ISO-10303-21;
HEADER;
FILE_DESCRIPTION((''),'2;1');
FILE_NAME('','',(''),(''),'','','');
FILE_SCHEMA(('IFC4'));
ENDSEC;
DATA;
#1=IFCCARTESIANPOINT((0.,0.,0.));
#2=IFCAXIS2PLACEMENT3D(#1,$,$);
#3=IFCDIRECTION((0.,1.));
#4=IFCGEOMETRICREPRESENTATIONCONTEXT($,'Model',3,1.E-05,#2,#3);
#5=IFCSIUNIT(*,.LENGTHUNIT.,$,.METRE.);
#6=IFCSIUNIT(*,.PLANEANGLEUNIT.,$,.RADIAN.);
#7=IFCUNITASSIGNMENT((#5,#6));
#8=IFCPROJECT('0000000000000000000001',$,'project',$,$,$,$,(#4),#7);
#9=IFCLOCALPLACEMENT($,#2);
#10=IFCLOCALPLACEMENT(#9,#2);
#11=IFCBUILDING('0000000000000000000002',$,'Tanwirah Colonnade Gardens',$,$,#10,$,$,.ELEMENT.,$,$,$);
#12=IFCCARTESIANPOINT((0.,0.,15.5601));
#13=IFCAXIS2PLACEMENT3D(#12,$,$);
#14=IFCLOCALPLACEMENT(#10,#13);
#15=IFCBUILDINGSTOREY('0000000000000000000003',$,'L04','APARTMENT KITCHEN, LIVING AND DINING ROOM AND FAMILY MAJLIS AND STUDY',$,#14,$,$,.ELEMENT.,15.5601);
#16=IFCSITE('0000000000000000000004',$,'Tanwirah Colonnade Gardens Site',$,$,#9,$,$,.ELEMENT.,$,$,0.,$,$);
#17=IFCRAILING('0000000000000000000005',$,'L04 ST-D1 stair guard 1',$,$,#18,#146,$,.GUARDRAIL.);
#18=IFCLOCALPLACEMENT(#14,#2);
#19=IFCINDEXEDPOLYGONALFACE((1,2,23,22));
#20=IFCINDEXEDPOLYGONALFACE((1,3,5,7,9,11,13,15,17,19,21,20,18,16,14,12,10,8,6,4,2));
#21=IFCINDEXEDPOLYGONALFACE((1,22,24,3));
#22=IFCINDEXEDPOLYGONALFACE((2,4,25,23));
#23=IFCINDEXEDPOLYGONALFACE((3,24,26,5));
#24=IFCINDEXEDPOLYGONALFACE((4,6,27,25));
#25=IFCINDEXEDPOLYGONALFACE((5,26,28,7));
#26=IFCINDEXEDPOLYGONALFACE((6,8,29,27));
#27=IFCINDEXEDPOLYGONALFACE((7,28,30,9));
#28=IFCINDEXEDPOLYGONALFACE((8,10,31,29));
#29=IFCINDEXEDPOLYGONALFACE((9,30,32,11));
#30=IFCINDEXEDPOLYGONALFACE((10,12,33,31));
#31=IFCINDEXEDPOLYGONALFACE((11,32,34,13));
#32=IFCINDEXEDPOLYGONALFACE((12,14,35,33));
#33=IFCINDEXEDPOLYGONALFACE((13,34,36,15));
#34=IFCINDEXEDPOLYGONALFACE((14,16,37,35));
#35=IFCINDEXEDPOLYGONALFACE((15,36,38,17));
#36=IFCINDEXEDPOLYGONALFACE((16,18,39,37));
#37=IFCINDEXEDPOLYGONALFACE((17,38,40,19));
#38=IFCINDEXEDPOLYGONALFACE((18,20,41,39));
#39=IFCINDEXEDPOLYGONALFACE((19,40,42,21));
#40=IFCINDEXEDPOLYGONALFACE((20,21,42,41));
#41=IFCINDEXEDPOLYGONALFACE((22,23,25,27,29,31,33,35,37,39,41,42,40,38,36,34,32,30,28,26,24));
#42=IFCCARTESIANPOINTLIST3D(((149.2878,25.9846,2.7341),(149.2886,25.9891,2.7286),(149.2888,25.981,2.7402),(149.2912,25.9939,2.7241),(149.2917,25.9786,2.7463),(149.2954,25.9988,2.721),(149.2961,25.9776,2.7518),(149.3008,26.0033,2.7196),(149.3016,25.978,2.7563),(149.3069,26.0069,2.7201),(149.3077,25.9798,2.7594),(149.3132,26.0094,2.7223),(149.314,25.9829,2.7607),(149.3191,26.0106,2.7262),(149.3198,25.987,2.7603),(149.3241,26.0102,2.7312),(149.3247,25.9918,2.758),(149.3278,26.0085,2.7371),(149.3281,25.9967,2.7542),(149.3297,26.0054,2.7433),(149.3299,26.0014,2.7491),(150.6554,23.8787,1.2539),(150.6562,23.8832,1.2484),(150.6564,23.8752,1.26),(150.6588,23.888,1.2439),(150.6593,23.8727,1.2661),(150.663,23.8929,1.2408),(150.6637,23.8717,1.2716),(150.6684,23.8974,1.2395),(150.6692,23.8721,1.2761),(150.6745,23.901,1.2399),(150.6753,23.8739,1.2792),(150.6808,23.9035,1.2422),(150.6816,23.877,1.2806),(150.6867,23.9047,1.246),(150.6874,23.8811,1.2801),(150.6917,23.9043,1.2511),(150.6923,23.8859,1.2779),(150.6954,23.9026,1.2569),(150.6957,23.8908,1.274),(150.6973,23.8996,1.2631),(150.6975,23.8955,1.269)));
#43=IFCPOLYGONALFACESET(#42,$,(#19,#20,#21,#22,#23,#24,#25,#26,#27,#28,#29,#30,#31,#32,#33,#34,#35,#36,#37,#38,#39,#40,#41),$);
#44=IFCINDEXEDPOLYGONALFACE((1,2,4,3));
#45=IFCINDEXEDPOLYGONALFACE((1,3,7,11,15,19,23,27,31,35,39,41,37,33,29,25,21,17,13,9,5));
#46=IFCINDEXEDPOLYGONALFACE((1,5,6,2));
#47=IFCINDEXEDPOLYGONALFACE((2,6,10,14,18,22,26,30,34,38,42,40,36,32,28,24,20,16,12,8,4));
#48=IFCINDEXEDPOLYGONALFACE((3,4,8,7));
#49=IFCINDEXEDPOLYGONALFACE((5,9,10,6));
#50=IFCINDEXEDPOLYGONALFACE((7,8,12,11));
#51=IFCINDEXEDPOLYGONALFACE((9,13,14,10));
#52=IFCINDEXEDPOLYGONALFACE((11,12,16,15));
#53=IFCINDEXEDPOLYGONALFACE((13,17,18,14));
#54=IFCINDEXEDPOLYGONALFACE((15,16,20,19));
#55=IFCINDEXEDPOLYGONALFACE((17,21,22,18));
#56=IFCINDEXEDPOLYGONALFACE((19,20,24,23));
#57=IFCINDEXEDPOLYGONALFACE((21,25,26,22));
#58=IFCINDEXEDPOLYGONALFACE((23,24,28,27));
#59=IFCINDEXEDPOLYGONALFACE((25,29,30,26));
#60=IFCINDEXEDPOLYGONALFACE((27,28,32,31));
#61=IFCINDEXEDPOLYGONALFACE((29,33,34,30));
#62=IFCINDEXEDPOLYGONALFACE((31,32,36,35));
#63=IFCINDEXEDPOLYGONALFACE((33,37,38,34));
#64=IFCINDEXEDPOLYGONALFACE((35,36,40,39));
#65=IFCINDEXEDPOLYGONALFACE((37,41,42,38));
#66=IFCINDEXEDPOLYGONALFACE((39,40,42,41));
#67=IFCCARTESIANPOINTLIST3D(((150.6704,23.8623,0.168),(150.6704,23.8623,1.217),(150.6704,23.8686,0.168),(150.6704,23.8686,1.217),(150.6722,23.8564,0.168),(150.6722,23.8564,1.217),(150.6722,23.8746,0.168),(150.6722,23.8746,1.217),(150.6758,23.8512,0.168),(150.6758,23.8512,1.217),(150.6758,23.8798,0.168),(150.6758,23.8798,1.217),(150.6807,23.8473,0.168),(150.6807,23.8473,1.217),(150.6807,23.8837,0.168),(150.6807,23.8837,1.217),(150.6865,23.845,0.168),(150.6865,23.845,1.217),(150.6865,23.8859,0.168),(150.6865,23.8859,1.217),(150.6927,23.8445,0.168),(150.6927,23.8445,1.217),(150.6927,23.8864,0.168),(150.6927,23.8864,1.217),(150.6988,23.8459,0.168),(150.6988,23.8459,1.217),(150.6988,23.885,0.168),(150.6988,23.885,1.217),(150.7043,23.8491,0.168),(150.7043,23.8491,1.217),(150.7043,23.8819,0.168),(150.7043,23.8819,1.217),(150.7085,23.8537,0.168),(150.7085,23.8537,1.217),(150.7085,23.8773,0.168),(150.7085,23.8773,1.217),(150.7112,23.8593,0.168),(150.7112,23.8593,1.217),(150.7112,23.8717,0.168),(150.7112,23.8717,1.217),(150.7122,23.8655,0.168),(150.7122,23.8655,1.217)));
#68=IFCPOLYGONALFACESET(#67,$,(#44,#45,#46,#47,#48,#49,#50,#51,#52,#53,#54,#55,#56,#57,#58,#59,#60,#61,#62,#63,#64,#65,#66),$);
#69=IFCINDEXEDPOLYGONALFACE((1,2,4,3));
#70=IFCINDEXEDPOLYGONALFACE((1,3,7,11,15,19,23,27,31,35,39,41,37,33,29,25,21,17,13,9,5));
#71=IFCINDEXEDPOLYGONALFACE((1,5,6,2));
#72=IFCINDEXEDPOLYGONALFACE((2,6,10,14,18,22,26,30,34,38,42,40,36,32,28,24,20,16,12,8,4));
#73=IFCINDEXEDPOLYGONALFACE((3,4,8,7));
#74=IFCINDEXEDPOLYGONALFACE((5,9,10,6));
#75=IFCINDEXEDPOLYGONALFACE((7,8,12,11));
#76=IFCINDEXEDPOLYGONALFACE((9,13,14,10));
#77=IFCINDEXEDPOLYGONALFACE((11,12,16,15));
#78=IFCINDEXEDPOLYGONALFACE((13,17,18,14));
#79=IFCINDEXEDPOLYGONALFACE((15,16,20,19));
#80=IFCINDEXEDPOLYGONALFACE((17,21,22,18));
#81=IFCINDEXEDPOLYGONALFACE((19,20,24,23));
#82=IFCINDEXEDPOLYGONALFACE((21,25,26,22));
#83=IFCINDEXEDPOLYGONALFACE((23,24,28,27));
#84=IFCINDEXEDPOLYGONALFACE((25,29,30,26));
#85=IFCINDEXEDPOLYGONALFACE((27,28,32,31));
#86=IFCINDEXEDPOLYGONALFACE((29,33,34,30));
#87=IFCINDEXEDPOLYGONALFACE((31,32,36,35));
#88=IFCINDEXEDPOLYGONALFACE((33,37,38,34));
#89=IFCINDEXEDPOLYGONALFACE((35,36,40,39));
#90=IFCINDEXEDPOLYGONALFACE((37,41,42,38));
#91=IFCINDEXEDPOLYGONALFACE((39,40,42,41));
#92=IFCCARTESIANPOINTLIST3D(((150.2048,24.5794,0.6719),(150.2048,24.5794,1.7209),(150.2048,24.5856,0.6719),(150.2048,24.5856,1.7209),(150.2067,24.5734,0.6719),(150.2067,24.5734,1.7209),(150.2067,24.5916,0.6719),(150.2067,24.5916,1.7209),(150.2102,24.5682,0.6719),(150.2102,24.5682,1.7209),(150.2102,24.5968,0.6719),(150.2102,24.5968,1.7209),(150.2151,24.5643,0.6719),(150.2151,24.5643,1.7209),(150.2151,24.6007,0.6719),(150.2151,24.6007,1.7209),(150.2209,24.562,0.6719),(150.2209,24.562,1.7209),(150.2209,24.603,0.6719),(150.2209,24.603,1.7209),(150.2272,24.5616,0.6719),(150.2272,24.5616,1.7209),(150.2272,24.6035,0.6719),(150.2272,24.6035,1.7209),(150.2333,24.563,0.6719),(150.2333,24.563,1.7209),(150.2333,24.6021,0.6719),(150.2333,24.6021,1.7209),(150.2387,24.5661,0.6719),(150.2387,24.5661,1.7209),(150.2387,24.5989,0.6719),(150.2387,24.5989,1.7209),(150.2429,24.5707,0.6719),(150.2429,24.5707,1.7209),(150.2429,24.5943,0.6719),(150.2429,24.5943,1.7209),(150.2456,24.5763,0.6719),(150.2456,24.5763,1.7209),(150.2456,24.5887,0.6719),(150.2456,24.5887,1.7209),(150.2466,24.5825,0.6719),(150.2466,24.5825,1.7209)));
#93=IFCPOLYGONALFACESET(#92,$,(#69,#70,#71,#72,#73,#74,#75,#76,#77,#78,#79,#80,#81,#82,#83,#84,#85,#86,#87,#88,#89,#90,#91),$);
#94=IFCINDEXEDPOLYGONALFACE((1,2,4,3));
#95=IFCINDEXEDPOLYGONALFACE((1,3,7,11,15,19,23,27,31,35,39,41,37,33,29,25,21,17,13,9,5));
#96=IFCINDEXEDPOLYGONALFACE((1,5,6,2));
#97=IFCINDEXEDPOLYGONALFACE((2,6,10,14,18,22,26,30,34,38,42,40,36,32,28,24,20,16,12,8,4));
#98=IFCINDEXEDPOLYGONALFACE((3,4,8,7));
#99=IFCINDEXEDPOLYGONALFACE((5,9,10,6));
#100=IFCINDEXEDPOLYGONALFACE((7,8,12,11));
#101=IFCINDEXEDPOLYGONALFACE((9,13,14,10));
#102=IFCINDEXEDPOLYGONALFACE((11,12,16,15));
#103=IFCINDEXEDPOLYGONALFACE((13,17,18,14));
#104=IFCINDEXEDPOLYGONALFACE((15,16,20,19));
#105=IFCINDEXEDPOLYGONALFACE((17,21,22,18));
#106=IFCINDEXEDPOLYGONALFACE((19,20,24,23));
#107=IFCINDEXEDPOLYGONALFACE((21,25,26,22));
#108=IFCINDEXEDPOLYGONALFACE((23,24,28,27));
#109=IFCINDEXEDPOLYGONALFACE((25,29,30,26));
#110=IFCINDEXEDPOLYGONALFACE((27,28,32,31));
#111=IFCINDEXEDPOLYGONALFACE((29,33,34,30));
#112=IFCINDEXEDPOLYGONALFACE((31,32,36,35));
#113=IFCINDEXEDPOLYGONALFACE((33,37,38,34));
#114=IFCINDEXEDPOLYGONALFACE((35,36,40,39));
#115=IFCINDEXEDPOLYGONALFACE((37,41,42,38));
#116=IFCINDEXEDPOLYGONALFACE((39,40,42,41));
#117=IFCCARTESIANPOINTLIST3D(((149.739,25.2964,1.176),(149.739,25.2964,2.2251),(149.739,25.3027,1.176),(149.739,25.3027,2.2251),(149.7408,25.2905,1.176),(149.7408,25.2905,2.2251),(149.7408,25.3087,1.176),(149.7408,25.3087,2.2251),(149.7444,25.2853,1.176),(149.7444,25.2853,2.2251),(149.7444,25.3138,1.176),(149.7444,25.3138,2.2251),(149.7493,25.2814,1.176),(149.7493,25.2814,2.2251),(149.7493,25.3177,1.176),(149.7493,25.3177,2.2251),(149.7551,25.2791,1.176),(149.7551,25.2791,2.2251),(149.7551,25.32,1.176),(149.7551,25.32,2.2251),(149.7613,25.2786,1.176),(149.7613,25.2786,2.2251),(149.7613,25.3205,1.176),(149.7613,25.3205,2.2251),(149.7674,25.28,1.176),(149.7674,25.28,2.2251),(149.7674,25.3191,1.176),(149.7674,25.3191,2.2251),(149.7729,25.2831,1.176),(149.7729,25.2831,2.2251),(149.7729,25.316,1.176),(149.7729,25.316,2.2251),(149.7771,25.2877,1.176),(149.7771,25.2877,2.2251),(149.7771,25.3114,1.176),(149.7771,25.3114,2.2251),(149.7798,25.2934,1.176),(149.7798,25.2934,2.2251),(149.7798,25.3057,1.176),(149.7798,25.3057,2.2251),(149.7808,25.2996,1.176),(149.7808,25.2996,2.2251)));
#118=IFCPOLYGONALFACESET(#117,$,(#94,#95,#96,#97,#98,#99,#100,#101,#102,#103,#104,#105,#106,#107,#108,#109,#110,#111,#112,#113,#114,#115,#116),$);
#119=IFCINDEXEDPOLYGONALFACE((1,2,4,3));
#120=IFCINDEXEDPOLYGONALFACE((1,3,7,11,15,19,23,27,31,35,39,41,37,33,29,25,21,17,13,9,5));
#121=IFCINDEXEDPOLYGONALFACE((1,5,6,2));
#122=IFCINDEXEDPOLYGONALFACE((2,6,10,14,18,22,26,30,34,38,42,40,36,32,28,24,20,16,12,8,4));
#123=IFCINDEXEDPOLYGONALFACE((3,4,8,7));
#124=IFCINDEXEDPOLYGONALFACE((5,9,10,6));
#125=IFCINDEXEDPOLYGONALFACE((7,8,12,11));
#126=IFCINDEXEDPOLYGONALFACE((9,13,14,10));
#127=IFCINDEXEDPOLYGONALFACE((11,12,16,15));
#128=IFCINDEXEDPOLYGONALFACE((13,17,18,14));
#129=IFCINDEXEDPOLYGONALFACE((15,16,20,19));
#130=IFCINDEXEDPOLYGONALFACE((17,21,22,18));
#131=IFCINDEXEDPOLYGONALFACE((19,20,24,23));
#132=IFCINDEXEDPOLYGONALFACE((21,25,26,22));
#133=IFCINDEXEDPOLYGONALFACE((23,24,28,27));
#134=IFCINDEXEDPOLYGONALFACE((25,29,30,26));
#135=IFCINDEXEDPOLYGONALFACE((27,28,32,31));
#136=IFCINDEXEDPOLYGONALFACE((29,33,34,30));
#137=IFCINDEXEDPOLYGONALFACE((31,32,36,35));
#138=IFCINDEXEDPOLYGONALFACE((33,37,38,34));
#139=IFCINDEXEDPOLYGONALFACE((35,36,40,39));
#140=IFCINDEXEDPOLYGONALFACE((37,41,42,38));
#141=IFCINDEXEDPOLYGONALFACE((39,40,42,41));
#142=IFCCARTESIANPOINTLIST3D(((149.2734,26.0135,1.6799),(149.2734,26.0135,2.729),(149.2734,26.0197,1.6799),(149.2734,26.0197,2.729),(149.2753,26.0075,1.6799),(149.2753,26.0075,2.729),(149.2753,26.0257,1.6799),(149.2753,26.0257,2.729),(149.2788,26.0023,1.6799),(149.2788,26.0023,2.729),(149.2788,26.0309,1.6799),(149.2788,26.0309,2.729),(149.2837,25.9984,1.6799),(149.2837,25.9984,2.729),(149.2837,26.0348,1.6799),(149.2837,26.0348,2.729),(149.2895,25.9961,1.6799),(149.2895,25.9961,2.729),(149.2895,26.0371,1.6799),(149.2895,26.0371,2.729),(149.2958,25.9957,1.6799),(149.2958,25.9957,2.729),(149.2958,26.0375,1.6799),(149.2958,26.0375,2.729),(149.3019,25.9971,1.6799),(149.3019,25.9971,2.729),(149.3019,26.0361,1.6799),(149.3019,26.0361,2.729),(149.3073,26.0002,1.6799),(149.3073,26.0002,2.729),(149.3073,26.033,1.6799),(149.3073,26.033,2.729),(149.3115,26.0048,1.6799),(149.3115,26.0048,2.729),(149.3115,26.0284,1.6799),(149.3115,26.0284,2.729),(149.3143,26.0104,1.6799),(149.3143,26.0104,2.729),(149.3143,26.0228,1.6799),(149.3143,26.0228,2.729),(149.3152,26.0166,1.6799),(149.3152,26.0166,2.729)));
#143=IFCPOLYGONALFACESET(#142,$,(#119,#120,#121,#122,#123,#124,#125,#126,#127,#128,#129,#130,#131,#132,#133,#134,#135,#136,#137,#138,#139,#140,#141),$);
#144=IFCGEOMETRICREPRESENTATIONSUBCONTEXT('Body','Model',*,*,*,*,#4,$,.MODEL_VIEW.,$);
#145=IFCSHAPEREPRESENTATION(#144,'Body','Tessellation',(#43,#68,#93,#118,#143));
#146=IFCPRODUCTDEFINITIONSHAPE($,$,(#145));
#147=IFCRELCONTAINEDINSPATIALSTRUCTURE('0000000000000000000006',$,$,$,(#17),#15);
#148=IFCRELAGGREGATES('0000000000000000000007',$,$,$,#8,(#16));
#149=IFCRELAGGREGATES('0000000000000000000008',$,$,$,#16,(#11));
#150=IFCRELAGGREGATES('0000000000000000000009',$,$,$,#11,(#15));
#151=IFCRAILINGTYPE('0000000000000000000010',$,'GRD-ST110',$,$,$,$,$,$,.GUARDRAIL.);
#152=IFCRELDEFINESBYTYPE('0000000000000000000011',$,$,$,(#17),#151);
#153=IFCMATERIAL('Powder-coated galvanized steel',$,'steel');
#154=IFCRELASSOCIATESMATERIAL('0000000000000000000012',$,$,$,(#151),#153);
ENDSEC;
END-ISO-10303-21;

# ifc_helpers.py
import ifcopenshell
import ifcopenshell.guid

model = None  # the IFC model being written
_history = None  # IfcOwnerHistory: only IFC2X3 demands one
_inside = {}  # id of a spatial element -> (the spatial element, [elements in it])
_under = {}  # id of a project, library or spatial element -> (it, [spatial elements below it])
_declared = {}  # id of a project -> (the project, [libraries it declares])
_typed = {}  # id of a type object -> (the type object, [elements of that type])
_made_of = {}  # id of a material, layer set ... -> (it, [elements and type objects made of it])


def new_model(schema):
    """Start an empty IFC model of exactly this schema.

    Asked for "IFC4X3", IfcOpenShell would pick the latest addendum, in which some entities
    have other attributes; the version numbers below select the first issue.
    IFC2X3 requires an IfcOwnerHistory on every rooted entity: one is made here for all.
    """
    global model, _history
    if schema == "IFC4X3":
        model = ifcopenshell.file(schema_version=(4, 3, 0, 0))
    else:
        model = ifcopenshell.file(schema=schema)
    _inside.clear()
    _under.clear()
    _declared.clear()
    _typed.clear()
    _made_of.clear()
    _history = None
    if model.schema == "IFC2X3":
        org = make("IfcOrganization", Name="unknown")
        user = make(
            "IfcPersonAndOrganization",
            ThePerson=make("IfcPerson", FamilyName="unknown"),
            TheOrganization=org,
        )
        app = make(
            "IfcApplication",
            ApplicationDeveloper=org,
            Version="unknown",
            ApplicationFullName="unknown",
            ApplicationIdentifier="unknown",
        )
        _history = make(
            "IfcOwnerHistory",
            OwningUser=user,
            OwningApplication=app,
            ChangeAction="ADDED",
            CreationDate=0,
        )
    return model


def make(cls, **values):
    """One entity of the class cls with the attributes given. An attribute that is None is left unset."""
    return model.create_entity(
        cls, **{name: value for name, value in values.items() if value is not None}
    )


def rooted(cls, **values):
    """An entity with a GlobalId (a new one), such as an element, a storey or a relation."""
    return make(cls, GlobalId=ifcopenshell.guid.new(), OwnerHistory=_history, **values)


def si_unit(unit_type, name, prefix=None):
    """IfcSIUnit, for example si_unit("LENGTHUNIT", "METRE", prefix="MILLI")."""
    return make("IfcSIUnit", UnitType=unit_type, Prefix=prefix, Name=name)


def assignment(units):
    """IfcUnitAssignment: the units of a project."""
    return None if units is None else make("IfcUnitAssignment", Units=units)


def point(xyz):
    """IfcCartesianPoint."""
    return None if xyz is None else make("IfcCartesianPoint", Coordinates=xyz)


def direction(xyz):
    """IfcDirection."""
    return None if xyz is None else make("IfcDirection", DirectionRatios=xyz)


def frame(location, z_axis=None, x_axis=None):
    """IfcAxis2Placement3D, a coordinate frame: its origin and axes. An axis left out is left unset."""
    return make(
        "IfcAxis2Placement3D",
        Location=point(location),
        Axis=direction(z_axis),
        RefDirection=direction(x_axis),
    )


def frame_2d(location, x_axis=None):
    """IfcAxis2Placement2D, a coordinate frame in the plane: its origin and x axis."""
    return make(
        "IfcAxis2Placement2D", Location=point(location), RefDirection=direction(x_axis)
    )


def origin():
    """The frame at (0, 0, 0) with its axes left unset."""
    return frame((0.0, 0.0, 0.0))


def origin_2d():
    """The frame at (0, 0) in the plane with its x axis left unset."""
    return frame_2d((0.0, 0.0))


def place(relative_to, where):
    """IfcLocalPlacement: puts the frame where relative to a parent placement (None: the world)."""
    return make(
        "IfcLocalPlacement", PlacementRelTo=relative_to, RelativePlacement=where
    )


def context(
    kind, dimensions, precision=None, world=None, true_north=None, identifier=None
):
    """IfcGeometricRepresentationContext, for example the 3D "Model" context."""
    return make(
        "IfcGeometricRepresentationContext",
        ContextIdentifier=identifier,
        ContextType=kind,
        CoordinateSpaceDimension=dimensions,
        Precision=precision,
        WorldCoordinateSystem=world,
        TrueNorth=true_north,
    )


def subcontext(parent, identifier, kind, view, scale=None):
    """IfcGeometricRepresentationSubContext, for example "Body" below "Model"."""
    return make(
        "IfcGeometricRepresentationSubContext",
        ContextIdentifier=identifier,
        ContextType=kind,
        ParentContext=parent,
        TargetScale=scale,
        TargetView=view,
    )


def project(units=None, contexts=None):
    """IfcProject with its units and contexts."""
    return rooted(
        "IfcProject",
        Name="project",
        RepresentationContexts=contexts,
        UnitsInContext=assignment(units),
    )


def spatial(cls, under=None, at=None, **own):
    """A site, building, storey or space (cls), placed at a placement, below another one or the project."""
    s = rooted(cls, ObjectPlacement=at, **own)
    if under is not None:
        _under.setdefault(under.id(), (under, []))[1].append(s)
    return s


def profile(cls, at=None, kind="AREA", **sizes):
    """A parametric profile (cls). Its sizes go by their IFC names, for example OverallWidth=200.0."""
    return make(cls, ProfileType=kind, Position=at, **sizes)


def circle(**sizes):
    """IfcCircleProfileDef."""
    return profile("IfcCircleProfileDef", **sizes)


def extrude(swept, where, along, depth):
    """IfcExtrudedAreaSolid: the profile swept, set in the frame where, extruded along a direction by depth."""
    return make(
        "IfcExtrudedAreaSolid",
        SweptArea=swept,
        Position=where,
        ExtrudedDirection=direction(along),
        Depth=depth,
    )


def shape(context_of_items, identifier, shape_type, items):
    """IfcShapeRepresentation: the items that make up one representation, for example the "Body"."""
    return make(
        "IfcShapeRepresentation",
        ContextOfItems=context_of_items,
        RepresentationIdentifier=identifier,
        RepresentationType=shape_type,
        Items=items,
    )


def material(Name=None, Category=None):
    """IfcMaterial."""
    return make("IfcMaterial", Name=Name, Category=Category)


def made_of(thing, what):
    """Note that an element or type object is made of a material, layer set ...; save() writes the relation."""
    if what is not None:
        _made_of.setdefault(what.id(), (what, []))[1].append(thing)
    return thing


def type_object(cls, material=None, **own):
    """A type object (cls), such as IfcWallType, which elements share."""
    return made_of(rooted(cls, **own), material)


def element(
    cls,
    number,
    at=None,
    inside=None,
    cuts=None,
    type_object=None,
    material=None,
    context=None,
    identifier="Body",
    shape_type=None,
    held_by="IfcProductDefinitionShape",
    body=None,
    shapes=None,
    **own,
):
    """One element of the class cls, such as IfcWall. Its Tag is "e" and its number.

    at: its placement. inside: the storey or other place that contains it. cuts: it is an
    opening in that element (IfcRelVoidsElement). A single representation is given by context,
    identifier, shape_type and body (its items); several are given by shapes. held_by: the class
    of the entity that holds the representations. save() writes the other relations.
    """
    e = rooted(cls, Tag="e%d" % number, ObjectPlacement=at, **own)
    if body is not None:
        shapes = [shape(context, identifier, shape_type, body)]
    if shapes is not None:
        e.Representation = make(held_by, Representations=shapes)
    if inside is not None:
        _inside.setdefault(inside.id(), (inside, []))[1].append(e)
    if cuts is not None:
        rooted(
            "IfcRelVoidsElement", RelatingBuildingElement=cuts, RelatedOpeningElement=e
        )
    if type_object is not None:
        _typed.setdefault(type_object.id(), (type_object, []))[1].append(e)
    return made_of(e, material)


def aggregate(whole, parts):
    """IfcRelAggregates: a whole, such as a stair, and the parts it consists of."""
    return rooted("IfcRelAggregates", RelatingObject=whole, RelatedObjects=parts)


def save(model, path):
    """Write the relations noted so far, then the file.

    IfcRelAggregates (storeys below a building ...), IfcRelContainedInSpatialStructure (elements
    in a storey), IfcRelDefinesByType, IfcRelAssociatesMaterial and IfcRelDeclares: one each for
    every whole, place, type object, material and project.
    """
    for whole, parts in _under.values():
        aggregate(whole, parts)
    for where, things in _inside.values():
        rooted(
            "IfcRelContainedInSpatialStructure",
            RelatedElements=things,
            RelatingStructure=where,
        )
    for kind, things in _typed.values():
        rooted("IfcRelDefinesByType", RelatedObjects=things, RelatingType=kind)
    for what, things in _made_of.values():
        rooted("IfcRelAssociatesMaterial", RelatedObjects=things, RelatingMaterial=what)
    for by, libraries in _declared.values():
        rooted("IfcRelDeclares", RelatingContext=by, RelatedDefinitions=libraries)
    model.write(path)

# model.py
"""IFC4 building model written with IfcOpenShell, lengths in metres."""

from ifc_helpers import new_model, si_unit, direction, frame, origin, origin_2d, place, context, subcontext, project, spatial, circle, extrude, material, type_object, element, save


model = new_model("IFC4")

# Units and contexts
model_context = context("Model", 3, precision=1e-05, world=origin(), true_north=direction((0.0, 1.0)))
body_context = subcontext(model_context, "Body", "Model", "MODEL_VIEW")
ifc_project = project(units=[si_unit("LENGTHUNIT", "METRE"), si_unit("PLANEANGLEUNIT", "RADIAN")], contexts=[model_context])

# Site, building, storey
site_placement = place(None, origin())
site = spatial("IfcSite", under=ifc_project, at=site_placement, Name="Tanwirah Colonnade Gardens Site", CompositionType="ELEMENT", RefElevation=0.0)
building_placement = place(site_placement, origin())
building = spatial("IfcBuilding", under=site, at=building_placement, Name="Tanwirah Colonnade Gardens", CompositionType="ELEMENT")
storey_placement = place(building_placement, frame((0.0, 0.0, 15.5601)))
storey = spatial("IfcBuildingStorey", under=building, at=storey_placement, Name="L04", Description="APARTMENT KITCHEN, LIVING AND DINING ROOM AND FAMILY MAJLIS AND STUDY", CompositionType="ELEMENT", Elevation=15.5601)

# Railing
ifc_material_1 = material(Name="Powder-coated galvanized steel", Category="steel")
railing_type_1 = type_object("IfcRailingType", Name="GRD-ST110", PredefinedType="GUARDRAIL", material=ifc_material_1)
railing_1_placement = place(storey_placement, frame((150.6912, 23.8655, 0.168)))
element("IfcRailing", 1, at=railing_1_placement, inside=storey, type_object=railing_type_1, Name="L04 ST-D1 stair guard 1", PredefinedType="GUARDRAIL", context=body_context, shape_type="SweptSolid", body=[
    extrude(circle(Radius=0.0239, at=origin_2d()), frame((-0.0146, 0.0227, 1.092), z_axis=(-0.469193, 0.722484, 0.507814), x_axis=(-0.838668, -0.544644, 0.0)), (0.0, 0.0, 1.0), 2.9148),
    extrude(circle(Radius=0.021, at=origin_2d()), origin(), (0.0, 0.0, 1.0), 1.0491),
    extrude(circle(Radius=0.021, at=origin_2d()), frame((-0.4656, 0.717, 0.5039)), (0.0, 0.0, 1.0), 1.0491),
    extrude(circle(Radius=0.021, at=origin_2d()), frame((-0.9314, 1.4341, 1.0081)), (0.0, 0.0, 1.0), 1.0491),
    extrude(circle(Radius=0.021, at=origin_2d()), frame((-1.397, 2.1511, 1.512)), (0.0, 0.0, 1.0), 1.0491),
])

save(model, "model.ifc")
